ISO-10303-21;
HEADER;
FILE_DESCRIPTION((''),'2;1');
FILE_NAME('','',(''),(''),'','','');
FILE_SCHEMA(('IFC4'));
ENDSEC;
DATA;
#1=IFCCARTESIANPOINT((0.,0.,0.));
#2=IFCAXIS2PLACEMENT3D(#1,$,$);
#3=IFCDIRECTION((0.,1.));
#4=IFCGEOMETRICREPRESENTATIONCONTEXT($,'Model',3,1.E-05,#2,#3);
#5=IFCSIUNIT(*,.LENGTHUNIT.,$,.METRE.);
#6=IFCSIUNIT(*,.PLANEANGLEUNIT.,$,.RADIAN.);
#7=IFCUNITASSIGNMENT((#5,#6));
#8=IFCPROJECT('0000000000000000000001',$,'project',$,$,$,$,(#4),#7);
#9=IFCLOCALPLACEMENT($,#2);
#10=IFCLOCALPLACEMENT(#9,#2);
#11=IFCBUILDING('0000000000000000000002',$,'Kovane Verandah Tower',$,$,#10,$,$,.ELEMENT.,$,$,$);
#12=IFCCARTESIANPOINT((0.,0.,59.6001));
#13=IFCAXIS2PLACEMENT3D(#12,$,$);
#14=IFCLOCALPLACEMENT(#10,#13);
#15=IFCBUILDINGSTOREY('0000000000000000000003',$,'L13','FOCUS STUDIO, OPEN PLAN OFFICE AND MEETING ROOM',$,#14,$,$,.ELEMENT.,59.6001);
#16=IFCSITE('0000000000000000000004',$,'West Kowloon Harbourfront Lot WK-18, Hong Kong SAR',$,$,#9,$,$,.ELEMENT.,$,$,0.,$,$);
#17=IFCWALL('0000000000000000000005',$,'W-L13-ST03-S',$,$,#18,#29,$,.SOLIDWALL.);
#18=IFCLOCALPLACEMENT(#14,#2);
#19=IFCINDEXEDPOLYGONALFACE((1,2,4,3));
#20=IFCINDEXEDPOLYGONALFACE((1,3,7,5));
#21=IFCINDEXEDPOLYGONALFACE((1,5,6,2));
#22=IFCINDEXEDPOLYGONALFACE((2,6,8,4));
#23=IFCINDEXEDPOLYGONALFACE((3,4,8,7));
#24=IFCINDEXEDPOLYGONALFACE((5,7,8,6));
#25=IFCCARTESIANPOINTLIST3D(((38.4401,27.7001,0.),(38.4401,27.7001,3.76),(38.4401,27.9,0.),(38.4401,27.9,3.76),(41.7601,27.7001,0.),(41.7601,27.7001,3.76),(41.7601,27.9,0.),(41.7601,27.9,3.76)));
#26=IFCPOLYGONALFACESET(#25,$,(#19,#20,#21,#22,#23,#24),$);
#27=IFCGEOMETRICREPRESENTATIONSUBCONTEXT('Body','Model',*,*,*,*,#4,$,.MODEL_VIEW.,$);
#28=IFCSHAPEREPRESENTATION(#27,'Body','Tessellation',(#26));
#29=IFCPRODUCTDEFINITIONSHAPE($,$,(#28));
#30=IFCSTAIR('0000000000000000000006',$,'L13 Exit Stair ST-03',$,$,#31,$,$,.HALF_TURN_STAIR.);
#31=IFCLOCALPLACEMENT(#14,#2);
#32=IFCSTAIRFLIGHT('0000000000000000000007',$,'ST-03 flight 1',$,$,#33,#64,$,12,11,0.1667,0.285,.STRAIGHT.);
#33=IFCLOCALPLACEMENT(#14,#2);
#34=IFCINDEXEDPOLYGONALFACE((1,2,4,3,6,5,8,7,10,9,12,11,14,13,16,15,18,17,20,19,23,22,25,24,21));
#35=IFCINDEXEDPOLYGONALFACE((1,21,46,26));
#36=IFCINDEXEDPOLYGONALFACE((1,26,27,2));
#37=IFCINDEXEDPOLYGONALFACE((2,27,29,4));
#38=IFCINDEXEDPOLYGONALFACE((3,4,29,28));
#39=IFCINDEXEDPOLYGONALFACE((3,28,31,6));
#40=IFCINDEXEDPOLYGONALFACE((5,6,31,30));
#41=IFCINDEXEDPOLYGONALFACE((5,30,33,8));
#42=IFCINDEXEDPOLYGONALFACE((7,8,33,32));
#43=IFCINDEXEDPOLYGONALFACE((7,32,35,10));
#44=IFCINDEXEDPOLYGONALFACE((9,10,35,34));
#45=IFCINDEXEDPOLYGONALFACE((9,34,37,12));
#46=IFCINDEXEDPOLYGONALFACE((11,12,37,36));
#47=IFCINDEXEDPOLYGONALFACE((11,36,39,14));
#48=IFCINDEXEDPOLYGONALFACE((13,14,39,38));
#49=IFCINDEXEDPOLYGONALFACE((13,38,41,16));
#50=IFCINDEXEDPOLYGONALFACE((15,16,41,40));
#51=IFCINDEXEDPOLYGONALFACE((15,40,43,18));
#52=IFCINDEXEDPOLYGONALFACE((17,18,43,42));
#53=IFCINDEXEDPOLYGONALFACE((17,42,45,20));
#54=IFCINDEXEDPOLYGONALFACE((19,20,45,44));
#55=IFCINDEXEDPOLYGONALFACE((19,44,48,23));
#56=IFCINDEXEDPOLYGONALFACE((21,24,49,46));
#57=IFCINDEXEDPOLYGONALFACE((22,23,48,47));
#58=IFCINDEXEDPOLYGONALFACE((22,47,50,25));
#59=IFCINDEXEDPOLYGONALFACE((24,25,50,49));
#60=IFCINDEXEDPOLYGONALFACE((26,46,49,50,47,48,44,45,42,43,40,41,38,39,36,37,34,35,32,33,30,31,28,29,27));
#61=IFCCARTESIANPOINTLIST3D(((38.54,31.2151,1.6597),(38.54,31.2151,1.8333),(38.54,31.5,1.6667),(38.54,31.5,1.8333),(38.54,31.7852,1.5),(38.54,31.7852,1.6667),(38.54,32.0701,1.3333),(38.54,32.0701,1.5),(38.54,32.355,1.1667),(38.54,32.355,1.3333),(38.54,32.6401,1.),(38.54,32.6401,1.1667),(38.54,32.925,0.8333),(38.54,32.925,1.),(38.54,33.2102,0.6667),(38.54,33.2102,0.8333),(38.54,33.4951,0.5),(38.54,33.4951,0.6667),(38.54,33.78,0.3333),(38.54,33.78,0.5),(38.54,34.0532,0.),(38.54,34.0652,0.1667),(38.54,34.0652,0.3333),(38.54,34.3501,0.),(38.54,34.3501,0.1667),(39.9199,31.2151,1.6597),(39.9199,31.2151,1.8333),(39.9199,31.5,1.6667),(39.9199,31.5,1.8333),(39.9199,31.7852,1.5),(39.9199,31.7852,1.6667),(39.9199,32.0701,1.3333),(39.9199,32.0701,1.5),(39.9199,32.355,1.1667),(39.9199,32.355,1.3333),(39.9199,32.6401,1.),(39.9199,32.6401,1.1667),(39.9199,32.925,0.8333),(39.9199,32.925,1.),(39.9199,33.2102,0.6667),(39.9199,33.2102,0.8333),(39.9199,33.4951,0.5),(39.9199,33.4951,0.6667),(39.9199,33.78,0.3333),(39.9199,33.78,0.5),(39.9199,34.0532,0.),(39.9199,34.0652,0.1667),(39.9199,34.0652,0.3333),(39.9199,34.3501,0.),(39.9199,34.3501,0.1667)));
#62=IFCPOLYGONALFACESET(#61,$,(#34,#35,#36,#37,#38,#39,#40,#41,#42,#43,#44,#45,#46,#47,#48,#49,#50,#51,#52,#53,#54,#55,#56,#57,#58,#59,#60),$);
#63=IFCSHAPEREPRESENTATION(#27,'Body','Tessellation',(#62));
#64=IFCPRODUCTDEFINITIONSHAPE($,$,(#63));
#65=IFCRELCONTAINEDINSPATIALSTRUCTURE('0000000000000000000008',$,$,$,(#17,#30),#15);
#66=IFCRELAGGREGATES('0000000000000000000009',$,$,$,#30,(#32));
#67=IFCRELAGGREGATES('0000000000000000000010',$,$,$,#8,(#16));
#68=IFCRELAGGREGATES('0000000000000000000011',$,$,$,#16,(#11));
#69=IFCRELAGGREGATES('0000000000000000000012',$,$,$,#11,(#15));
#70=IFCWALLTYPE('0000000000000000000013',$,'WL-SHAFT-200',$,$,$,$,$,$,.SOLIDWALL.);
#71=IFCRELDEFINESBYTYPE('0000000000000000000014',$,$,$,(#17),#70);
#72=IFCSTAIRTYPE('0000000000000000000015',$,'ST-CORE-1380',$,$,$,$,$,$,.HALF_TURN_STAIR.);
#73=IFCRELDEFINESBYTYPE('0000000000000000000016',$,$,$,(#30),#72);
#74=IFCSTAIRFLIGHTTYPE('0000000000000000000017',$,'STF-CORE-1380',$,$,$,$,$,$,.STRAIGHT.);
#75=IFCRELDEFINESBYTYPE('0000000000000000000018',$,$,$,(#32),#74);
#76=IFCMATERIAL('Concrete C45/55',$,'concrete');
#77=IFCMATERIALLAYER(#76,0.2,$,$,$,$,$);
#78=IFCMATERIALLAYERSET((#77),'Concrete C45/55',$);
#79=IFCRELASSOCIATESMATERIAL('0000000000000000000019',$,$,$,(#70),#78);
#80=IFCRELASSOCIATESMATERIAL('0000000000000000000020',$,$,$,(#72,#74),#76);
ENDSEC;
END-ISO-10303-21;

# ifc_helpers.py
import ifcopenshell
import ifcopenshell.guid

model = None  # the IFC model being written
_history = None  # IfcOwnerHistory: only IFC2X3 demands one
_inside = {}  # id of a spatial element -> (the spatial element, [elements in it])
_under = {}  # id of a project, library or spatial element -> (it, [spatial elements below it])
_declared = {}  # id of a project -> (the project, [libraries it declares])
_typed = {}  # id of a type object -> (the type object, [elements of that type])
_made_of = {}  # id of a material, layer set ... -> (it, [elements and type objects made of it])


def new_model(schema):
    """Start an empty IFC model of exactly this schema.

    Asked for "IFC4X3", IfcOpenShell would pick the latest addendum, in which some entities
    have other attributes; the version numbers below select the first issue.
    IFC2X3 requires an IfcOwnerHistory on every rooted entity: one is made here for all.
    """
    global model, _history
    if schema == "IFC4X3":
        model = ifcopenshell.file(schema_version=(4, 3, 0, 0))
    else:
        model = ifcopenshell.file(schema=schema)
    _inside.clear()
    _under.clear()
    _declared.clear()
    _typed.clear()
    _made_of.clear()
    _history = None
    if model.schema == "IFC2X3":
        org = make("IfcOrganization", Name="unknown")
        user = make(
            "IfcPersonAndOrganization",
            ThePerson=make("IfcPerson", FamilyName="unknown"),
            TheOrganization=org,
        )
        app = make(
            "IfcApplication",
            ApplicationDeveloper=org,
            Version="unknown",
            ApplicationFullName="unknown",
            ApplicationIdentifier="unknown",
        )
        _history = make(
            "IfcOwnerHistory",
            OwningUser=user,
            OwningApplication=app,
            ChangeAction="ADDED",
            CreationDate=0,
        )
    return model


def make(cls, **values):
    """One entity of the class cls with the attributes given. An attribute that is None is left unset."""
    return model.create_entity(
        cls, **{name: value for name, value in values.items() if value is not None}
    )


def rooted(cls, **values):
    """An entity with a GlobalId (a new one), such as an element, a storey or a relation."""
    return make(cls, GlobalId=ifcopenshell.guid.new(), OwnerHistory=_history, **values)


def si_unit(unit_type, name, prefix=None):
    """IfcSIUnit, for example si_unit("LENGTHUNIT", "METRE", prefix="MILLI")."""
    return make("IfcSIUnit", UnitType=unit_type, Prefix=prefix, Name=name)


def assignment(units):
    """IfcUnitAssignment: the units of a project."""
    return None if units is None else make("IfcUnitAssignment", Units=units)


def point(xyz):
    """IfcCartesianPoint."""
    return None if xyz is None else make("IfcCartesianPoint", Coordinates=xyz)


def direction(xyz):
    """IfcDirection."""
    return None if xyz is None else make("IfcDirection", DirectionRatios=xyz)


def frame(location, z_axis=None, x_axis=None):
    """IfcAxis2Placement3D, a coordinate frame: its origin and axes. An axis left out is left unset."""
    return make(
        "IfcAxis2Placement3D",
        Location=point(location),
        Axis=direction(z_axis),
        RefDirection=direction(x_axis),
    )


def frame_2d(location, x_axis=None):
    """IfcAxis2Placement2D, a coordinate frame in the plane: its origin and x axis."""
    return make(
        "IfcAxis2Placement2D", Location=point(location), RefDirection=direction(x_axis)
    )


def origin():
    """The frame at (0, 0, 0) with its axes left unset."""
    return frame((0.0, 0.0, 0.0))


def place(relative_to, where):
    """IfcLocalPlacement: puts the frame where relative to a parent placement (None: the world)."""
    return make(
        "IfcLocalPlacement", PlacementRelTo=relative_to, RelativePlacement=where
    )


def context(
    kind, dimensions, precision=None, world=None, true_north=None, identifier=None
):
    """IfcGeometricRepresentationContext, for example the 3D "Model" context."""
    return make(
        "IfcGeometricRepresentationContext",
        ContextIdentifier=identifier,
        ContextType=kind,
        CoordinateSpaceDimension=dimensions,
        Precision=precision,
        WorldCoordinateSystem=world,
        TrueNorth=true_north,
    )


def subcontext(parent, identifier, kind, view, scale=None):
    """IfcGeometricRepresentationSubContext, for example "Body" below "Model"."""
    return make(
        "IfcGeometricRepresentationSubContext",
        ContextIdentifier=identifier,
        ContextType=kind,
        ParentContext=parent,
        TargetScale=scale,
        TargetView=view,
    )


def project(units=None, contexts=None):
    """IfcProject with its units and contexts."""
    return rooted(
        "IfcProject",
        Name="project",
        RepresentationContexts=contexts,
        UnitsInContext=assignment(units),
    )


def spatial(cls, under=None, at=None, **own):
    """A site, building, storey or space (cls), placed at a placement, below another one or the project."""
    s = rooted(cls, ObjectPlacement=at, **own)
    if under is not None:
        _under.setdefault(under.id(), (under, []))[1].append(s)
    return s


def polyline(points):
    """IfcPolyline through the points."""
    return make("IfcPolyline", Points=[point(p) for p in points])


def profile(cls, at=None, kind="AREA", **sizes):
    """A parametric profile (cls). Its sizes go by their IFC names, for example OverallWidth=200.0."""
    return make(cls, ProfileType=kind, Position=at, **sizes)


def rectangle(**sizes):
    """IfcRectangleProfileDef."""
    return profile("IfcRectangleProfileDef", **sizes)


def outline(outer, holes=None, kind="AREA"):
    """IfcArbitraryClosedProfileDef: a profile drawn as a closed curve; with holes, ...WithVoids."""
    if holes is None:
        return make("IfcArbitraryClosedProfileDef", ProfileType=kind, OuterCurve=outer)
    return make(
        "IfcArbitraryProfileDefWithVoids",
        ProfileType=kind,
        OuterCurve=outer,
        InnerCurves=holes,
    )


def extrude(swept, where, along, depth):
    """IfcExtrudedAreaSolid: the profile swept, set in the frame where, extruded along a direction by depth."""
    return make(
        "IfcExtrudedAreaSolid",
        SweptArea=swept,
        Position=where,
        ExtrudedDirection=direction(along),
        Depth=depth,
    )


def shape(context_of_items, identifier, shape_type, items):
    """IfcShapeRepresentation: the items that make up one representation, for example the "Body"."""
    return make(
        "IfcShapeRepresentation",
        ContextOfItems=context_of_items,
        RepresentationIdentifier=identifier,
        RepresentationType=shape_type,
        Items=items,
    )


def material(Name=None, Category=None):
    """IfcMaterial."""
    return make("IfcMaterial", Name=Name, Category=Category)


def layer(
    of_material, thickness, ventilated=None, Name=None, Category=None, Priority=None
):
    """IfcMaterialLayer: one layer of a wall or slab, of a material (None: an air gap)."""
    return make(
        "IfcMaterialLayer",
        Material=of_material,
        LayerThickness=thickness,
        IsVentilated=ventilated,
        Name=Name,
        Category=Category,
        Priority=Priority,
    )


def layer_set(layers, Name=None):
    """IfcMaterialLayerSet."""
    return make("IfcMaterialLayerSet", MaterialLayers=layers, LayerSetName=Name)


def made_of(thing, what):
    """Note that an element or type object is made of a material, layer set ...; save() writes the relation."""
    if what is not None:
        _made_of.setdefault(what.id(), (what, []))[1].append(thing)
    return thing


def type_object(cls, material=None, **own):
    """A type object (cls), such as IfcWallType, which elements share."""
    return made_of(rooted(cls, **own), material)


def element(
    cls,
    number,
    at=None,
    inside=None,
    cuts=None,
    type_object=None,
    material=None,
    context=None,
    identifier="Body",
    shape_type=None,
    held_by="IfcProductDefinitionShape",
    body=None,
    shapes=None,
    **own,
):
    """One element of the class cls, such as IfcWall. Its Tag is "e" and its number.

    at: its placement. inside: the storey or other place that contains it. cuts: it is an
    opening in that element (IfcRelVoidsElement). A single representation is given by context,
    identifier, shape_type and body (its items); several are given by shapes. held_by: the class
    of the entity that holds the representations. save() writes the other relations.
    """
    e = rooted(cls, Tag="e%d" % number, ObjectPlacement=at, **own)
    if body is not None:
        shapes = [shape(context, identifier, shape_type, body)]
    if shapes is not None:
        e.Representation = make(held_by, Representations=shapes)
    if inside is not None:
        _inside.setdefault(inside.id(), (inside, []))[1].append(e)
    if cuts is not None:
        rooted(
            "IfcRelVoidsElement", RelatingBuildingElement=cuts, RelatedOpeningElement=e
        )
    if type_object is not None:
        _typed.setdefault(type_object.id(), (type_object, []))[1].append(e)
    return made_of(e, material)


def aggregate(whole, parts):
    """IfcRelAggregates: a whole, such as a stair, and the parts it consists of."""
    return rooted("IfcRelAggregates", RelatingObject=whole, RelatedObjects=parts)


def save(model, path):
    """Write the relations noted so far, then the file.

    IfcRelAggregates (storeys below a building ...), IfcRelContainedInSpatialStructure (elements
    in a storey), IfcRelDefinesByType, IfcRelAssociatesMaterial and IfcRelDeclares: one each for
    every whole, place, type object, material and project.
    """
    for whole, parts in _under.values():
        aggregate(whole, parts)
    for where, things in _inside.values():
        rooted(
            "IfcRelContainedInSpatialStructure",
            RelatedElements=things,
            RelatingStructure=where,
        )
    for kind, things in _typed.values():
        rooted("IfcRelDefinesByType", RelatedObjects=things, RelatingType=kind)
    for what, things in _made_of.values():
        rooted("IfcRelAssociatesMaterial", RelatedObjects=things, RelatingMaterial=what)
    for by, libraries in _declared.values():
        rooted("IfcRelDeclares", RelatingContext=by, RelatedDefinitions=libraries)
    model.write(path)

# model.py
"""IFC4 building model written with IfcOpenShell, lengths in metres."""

from ifc_helpers import new_model, si_unit, direction, frame, frame_2d, origin, place, context, subcontext, project, spatial, polyline, rectangle, outline, extrude, material, layer, layer_set, type_object, element, aggregate, save


model = new_model("IFC4")

# Units and contexts
model_context = context("Model", 3, precision=1e-05, world=origin(), true_north=direction((0.0, 1.0)))
body_context = subcontext(model_context, "Body", "Model", "MODEL_VIEW")
ifc_project = project(units=[si_unit("LENGTHUNIT", "METRE"), si_unit("PLANEANGLEUNIT", "RADIAN")], contexts=[model_context])

# Site, building, storey
site_placement = place(None, origin())
site = spatial("IfcSite", under=ifc_project, at=site_placement, Name="West Kowloon Harbourfront Lot WK-18, Hong Kong SAR", CompositionType="ELEMENT", RefElevation=0.0)
building_placement = place(site_placement, origin())
building = spatial("IfcBuilding", under=site, at=building_placement, Name="Kovane Verandah Tower", CompositionType="ELEMENT")
storey_placement = place(building_placement, frame((0.0, 0.0, 59.6001)))
storey = spatial("IfcBuildingStorey", under=building, at=storey_placement, Name="L13", Description="FOCUS STUDIO, OPEN PLAN OFFICE AND MEETING ROOM", CompositionType="ELEMENT", Elevation=59.6001)

# Wall
ifc_material_1 = material(Name="Concrete C45/55", Category="concrete")
ifc_layer_1 = layer(ifc_material_1, 0.2)
ifc_layer_set_1 = layer_set([ifc_layer_1], Name="Concrete C45/55")
wall_type_1 = type_object("IfcWallType", Name="WL-SHAFT-200", PredefinedType="SOLIDWALL", material=ifc_layer_set_1)
wall_1_placement = place(storey_placement, frame((38.4399, 27.8, 0.0), z_axis=(0.0, 0.0, 1.0), x_axis=(1.0, 0.0, 0.0)))
element("IfcWall", 1, at=wall_1_placement, inside=storey, type_object=wall_type_1, Name="W-L13-ST03-S", PredefinedType="SOLIDWALL", context=body_context, shape_type="SweptSolid", body=[
    extrude(rectangle(XDim=3.3201, YDim=0.2, at=frame_2d((1.6602, 0.0))), origin(), (0.0, 0.0, 1.0), 3.76),
])

# Stair, stair flight
stair_type = type_object("IfcStairType", Name="ST-CORE-1380", PredefinedType="HALF_TURN_STAIR", material=ifc_material_1)
stair_placement = place(storey_placement, origin())
stair = element("IfcStair", 2, at=stair_placement, inside=storey, type_object=stair_type, Name="L13 Exit Stair ST-03", PredefinedType="HALF_TURN_STAIR")
stair_flight_type = type_object("IfcStairFlightType", Name="STF-CORE-1380", PredefinedType="STRAIGHT", material=ifc_material_1)
stair_flight_placement = place(storey_placement, frame((39.23, 34.3501, 0.0), z_axis=(0.0, 0.0, 1.0), x_axis=(0.0, -1.0, 0.0)))
stair_flight = element("IfcStairFlight", 3, at=stair_flight_placement, type_object=stair_flight_type, Name="ST-03 flight 1", NumberOfRisers=12, NumberOfTreads=11, PredefinedType="STRAIGHT", RiserHeight=0.1667, TreadLength=0.285, context=body_context, shape_type="SweptSolid", body=[
    extrude(outline(polyline([(0.0, 0.0), (0.0, 0.1667), (0.2849, 0.1667), (0.2849, 0.3333), (0.5701, 0.3333), (0.5701, 0.5), (0.855, 0.5), (0.855, 0.6667), (1.1399, 0.6667), (1.1399, 0.8333), (1.425, 0.8333), (1.425, 1.0), (1.71, 1.0), (1.71, 1.1667), (1.9951, 1.1667), (1.9951, 1.3333), (2.28, 1.3333), (2.28, 1.5), (2.5649, 1.5), (2.5649, 1.6667), (2.8501, 1.6667), (2.8501, 1.8333), (3.135, 1.8333), (3.135, 2.0), (3.135, 1.6597), (0.2969, 0.0), (0.0, 0.0)])), frame((0.0, 0.6899, 0.0), z_axis=(0.0, -1.0, 0.0), x_axis=(1.0, 0.0, 0.0)), (0.0, 0.0, 1.0), 1.3799),
])
aggregate(stair, [stair_flight])

save(model, "model.ifc")
